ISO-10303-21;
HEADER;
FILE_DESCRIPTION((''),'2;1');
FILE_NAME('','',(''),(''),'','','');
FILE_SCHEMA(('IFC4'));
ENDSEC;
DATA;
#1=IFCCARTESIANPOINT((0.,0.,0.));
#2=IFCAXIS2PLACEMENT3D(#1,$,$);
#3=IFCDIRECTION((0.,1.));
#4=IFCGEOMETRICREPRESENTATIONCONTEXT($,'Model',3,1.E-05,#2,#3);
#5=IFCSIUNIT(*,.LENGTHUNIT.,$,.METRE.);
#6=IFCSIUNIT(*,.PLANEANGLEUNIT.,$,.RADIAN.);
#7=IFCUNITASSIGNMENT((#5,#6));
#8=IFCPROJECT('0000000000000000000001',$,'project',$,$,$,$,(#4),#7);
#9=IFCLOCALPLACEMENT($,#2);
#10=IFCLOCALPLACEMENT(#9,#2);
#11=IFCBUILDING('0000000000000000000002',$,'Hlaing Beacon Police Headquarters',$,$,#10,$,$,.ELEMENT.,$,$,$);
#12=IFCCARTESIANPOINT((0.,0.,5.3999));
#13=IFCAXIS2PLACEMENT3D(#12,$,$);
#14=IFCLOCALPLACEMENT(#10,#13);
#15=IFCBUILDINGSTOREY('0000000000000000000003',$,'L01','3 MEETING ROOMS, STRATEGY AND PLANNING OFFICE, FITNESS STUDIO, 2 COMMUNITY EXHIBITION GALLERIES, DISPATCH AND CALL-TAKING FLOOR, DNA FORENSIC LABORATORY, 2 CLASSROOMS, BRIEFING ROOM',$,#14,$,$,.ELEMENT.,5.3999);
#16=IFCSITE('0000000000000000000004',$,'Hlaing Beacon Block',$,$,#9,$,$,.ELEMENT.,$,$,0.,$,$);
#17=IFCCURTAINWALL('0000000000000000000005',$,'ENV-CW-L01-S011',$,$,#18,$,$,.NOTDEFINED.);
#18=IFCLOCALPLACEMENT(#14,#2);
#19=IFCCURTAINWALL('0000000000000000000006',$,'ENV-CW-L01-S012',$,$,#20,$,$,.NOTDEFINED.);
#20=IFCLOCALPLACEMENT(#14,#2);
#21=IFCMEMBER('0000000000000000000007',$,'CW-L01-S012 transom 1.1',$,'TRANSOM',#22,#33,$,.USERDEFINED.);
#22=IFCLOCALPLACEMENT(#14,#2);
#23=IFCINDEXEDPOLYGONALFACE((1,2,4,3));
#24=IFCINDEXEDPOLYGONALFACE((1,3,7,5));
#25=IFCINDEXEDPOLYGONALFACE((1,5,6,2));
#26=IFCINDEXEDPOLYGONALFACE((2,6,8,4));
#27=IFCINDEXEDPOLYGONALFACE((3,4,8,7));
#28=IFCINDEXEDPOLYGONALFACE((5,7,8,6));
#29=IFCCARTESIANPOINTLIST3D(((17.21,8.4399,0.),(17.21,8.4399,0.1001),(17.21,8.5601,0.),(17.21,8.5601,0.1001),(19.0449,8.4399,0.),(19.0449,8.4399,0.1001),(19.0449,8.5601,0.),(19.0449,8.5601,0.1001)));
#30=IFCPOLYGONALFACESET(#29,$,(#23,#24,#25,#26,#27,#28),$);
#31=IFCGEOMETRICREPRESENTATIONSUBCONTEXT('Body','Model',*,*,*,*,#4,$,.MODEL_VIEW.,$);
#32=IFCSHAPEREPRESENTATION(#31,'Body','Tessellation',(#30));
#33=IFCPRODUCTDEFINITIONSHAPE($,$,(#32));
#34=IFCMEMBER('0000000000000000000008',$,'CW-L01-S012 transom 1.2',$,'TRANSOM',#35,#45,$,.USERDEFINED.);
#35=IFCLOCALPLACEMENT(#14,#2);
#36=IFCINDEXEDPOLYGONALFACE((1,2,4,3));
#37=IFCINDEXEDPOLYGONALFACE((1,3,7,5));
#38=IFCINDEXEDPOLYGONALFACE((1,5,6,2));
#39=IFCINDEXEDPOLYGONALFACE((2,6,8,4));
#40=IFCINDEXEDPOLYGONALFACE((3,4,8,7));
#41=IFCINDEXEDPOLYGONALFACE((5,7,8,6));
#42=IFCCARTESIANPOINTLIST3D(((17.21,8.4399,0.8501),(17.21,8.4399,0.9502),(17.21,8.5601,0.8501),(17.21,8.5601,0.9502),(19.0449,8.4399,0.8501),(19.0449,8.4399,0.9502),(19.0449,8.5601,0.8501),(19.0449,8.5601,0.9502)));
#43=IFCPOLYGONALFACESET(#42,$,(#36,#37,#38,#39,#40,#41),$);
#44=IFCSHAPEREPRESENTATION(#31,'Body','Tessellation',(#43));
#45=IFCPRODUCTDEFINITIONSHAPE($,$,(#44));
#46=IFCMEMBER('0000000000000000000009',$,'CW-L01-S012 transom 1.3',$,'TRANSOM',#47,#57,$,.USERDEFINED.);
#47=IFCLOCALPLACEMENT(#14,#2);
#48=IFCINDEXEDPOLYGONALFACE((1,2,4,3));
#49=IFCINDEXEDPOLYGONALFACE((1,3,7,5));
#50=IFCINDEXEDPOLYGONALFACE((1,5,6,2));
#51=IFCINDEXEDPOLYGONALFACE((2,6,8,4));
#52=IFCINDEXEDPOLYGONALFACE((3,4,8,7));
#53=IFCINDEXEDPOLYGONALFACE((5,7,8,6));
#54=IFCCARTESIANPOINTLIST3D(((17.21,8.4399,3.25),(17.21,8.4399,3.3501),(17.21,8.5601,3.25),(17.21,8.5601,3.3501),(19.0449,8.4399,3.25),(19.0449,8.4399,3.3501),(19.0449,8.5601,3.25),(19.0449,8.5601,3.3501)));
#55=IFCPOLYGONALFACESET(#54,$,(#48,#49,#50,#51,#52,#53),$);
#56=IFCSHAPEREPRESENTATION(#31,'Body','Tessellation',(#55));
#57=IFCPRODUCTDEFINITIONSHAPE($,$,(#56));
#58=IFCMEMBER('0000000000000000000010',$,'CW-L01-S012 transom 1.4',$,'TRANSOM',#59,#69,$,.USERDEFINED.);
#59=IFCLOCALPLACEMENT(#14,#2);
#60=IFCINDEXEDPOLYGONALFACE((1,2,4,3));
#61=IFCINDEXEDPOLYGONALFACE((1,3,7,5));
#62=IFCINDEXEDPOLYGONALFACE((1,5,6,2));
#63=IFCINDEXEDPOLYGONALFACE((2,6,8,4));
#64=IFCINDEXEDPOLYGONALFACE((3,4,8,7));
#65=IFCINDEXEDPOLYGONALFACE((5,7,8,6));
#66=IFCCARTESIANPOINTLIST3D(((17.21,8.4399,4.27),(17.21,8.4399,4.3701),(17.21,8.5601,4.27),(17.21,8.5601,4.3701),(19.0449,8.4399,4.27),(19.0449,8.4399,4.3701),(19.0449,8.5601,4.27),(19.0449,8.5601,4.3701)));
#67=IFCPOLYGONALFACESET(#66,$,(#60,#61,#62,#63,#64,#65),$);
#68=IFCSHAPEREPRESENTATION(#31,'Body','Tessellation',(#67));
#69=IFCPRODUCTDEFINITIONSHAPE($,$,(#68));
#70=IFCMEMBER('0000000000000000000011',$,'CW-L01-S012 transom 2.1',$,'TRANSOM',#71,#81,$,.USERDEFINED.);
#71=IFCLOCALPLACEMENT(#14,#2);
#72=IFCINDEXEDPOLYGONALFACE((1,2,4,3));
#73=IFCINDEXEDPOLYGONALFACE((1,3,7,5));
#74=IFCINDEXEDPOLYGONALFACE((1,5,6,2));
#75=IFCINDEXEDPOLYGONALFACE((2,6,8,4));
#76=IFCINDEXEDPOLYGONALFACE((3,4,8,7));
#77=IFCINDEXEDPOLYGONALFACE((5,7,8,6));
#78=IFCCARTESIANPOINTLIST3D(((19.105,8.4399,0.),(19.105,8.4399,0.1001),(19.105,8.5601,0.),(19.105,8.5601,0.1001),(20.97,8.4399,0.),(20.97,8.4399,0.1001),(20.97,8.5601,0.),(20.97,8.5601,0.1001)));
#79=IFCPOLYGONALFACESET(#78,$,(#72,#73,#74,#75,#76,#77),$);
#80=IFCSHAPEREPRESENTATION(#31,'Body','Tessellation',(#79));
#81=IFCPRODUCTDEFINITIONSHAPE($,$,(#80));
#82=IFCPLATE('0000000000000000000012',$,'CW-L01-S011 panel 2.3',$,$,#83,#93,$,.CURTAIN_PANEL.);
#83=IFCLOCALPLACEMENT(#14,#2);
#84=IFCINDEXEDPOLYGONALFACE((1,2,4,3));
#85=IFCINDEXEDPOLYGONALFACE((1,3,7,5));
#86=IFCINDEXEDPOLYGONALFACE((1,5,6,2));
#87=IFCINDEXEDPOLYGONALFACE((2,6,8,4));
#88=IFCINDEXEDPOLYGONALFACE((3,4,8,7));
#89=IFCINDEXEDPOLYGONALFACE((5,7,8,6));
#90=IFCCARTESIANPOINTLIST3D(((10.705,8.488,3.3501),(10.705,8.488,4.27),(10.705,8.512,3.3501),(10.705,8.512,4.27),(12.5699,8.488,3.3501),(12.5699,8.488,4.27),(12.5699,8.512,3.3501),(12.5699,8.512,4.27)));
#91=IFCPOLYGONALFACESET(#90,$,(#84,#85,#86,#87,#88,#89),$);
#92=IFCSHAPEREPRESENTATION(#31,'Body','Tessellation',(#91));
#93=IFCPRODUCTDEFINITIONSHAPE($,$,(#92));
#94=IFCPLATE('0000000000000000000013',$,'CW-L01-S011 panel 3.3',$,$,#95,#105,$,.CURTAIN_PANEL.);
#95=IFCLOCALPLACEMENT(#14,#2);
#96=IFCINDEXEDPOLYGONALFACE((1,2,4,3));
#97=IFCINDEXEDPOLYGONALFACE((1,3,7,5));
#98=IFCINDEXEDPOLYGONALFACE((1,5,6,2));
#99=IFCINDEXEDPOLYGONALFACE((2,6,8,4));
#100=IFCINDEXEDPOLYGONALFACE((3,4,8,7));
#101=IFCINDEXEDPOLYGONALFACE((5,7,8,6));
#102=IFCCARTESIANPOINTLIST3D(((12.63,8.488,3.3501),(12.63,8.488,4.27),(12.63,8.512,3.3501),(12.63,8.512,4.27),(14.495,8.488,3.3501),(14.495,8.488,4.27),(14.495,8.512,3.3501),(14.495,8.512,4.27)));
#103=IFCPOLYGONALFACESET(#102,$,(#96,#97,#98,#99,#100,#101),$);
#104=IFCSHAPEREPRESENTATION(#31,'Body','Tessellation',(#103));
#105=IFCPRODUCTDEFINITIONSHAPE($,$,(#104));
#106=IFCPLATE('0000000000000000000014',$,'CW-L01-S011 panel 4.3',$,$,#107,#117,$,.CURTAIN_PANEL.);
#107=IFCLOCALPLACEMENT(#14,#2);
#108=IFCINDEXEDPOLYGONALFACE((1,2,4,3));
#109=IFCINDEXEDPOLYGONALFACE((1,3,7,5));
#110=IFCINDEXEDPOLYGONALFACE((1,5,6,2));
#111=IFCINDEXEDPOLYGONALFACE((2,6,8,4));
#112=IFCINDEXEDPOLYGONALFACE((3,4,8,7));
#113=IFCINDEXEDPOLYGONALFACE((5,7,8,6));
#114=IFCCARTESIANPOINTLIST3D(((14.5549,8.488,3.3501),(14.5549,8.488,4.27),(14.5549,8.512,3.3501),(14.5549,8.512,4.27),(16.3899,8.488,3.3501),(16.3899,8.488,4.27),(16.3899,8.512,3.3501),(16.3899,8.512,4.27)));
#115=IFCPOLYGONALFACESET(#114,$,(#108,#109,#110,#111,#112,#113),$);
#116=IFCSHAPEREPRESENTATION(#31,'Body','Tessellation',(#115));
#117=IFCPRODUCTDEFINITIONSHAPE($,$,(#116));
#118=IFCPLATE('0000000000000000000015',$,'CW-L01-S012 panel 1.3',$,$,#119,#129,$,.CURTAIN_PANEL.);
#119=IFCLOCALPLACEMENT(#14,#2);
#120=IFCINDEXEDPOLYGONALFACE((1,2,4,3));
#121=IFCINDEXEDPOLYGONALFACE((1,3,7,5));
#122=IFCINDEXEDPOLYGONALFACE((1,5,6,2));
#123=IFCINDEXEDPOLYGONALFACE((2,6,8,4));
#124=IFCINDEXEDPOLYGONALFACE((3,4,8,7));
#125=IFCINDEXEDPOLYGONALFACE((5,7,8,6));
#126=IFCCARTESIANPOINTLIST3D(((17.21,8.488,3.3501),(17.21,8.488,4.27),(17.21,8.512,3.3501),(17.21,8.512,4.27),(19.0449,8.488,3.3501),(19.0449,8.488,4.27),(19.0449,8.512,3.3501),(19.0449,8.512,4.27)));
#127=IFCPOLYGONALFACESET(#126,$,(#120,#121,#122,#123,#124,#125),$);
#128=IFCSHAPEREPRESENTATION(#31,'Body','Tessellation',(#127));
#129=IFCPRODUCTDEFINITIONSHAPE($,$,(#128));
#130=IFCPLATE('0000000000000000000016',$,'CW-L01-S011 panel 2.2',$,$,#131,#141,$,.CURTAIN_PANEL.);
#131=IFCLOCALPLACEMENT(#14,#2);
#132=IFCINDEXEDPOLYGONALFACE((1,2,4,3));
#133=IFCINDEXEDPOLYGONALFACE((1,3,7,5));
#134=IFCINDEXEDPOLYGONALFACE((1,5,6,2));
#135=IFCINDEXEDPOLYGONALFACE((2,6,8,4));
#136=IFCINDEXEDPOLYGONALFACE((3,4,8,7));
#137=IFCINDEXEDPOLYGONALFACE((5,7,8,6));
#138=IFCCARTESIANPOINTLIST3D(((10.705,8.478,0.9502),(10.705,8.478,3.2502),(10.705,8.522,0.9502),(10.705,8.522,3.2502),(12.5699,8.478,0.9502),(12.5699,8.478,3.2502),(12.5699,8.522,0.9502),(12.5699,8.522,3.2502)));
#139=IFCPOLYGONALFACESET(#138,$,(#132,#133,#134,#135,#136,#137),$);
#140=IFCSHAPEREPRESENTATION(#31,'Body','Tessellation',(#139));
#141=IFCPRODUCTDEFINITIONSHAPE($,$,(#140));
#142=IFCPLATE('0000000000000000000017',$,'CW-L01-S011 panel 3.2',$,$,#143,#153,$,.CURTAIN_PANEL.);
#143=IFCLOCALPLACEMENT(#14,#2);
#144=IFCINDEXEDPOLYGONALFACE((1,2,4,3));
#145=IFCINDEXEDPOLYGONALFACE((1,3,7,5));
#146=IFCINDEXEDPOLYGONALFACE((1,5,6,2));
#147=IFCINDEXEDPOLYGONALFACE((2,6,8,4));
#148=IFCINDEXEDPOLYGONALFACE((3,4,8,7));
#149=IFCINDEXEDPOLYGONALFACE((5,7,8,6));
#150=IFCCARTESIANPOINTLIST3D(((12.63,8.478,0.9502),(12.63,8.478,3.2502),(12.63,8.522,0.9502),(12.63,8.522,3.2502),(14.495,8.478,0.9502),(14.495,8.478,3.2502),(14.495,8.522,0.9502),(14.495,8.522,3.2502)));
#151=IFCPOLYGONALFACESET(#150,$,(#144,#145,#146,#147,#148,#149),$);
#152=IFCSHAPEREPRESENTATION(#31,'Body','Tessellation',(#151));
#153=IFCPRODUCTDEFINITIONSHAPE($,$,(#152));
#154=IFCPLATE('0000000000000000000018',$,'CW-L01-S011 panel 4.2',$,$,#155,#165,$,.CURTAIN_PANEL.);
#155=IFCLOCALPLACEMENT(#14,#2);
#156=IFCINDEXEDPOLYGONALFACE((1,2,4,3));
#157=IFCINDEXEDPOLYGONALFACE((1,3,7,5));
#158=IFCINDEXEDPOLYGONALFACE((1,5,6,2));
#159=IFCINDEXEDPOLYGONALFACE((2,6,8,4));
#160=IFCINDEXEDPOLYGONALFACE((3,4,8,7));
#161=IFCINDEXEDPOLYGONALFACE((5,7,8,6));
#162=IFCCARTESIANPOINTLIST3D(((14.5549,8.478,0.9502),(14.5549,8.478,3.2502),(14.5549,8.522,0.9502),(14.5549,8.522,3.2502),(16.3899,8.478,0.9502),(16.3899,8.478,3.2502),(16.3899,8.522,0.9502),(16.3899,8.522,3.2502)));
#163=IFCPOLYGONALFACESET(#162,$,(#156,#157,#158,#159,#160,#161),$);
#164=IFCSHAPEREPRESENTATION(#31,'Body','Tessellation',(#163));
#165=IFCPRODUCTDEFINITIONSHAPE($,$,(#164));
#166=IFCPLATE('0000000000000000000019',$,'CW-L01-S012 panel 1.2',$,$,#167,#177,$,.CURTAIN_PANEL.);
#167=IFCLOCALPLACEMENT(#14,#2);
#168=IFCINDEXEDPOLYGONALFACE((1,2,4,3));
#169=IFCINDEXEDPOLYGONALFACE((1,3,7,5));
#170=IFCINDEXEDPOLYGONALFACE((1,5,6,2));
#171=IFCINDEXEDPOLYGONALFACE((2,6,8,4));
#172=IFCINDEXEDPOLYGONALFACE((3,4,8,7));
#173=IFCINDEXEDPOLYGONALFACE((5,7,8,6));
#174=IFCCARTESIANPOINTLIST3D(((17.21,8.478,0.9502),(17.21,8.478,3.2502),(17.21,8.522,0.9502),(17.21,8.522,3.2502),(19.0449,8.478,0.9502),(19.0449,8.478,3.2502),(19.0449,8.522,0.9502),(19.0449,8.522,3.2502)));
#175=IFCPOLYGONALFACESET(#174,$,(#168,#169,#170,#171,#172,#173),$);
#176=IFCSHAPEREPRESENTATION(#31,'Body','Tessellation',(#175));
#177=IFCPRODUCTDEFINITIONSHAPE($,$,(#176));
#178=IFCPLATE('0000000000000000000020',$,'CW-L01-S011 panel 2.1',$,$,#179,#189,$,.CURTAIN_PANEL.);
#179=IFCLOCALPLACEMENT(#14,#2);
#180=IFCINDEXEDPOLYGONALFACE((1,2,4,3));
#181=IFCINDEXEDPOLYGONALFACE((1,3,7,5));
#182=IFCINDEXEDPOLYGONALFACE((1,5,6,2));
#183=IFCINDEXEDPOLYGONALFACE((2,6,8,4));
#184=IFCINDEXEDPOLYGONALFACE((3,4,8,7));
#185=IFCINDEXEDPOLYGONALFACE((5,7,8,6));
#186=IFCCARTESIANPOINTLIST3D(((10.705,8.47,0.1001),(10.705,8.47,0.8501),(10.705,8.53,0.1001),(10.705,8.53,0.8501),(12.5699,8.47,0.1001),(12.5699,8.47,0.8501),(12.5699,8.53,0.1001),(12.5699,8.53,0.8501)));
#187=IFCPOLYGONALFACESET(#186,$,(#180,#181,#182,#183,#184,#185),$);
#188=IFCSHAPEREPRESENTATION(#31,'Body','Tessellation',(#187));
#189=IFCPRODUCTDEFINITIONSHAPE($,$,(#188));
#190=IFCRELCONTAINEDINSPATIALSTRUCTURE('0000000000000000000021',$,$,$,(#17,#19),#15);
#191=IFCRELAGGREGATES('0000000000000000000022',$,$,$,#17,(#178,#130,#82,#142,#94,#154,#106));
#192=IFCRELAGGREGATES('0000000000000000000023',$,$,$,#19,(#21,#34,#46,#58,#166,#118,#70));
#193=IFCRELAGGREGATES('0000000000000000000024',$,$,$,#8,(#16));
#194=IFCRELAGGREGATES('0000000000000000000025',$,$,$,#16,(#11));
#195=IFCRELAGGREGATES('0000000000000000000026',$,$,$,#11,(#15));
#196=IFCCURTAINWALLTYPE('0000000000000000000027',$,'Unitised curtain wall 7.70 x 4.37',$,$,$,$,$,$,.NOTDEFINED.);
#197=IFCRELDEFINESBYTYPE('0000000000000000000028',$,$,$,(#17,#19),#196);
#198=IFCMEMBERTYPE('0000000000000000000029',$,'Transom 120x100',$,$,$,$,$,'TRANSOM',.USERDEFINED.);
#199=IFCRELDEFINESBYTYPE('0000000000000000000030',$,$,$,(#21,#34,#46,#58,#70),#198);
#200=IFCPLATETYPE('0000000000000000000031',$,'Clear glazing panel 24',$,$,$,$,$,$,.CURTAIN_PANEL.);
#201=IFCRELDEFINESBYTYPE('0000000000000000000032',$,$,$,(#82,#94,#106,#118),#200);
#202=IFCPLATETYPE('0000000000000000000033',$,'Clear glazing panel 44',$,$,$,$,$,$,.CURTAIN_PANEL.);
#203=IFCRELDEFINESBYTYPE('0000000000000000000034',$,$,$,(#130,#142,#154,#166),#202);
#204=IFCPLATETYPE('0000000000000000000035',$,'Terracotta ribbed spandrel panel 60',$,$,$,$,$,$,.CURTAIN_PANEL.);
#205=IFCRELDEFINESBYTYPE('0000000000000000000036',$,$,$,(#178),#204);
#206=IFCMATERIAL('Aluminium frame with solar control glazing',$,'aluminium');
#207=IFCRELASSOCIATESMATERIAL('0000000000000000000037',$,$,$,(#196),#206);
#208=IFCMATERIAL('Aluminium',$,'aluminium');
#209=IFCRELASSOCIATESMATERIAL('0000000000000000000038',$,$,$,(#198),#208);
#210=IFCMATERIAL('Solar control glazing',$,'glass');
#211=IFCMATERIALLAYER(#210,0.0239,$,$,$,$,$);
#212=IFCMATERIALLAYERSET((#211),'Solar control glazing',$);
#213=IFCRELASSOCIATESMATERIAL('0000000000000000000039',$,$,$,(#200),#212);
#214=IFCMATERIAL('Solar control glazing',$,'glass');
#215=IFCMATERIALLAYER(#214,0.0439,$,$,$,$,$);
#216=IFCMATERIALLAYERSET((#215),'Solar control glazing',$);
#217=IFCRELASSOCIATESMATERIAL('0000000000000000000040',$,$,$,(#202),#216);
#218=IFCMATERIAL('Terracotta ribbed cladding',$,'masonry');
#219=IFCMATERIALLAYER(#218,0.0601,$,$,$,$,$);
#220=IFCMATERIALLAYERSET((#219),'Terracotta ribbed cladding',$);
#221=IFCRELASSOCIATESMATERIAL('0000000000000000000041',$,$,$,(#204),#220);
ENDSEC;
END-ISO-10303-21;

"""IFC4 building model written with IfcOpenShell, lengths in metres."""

from ifc_helpers import new_model, si_unit, direction, frame, origin, origin_2d, place, context, subcontext, project, spatial, rectangle, extrude, material, layer, layer_set, material_profile, profile_set, type_object, element, aggregate, save


model = new_model("IFC4")

# Units and contexts
model_context = context("Model", 3, precision=1e-05, world=origin(), true_north=direction((0.0, 1.0)))
body_context = subcontext(model_context, "Body", "Model", "MODEL_VIEW")
ifc_project = project(units=[si_unit("LENGTHUNIT", "METRE"), si_unit("PLANEANGLEUNIT", "RADIAN")], contexts=[model_context])

# Site, building, storey
site_placement = place(None, origin())
site = spatial("IfcSite", under=ifc_project, at=site_placement, Name="Hlaing Beacon Block", CompositionType="ELEMENT", RefElevation=0.0)
building_placement = place(site_placement, origin())
building = spatial("IfcBuilding", under=site, at=building_placement, Name="Hlaing Beacon Police Headquarters", CompositionType="ELEMENT")
storey_placement = place(building_placement, frame((0.0, 0.0, 5.3999)))
storey = spatial("IfcBuildingStorey", under=building, at=storey_placement, Name="L01", Description="3 MEETING ROOMS, STRATEGY AND PLANNING OFFICE, FITNESS STUDIO, 2 COMMUNITY EXHIBITION GALLERIES, DISPATCH AND CALL-TAKING FLOOR, DNA FORENSIC LABORATORY, 2 CLASSROOMS, BRIEFING ROOM", CompositionType="ELEMENT", Elevation=5.3999)

# Curtain walls
ifc_material_1 = material(Name="Aluminium frame with solar control glazing", Category="aluminium")
curtain_wall_type = type_object("IfcCurtainWallType", Name="Unitised curtain wall 7.70 x 4.37", PredefinedType="NOTDEFINED", material=ifc_material_1)
curtain_wall_1_placement = place(storey_placement, origin())
curtain_wall_1 = element("IfcCurtainWall", 1, at=curtain_wall_1_placement, inside=storey, type_object=curtain_wall_type, Name="ENV-CW-L01-S011", PredefinedType="NOTDEFINED")
curtain_wall_2_placement = place(storey_placement, origin())
curtain_wall_2 = element("IfcCurtainWall", 2, at=curtain_wall_2_placement, inside=storey, type_object=curtain_wall_type, Name="ENV-CW-L01-S012", PredefinedType="NOTDEFINED")

# Members
ifc_material_2 = material(Name="Aluminium", Category="aluminium")
ifc_material_profile_1 = material_profile(ifc_material_2, rectangle(XDim=0.1201, YDim=0.1001, at=origin_2d()), Name="Transom 120x100")
ifc_profile_set_1 = profile_set([ifc_material_profile_1], Name="Aluminium")
member_type_1 = type_object("IfcMemberType", Name="Transom 120x100", ElementType="TRANSOM", PredefinedType="USERDEFINED", material=ifc_profile_set_1)
member_1_placement = place(storey_placement, frame((17.21, 8.5, 0.05), z_axis=(1.0, 0.0, 0.0), x_axis=(0.0, 1.0, 0.0)))
member_1 = element("IfcMember", 3, at=member_1_placement, type_object=member_type_1, Name="CW-L01-S012 transom 1.1", ObjectType="TRANSOM", PredefinedType="USERDEFINED", context=body_context, shape_type="SweptSolid", body=[
    extrude(rectangle(XDim=0.1201, YDim=0.1001, at=origin_2d()), origin(), (0.0, 0.0, 1.0), 1.835),
])
member_2_placement = place(storey_placement, frame((17.21, 8.5, 0.9001), z_axis=(1.0, 0.0, 0.0), x_axis=(0.0, 1.0, 0.0)))
member_2 = element("IfcMember", 4, at=member_2_placement, type_object=member_type_1, Name="CW-L01-S012 transom 1.2", ObjectType="TRANSOM", PredefinedType="USERDEFINED", context=body_context, shape_type="SweptSolid", body=[
    extrude(rectangle(XDim=0.1201, YDim=0.1001, at=origin_2d()), origin(), (0.0, 0.0, 1.0), 1.835),
])
member_3_placement = place(storey_placement, frame((17.21, 8.5, 3.3), z_axis=(1.0, 0.0, 0.0), x_axis=(0.0, 1.0, 0.0)))
member_3 = element("IfcMember", 5, at=member_3_placement, type_object=member_type_1, Name="CW-L01-S012 transom 1.3", ObjectType="TRANSOM", PredefinedType="USERDEFINED", context=body_context, shape_type="SweptSolid", body=[
    extrude(rectangle(XDim=0.1201, YDim=0.1001, at=origin_2d()), origin(), (0.0, 0.0, 1.0), 1.835),
])
member_4_placement = place(storey_placement, frame((17.21, 8.5, 4.3201), z_axis=(1.0, 0.0, 0.0), x_axis=(0.0, 1.0, 0.0)))
member_4 = element("IfcMember", 6, at=member_4_placement, type_object=member_type_1, Name="CW-L01-S012 transom 1.4", ObjectType="TRANSOM", PredefinedType="USERDEFINED", context=body_context, shape_type="SweptSolid", body=[
    extrude(rectangle(XDim=0.1201, YDim=0.1001, at=origin_2d()), origin(), (0.0, 0.0, 1.0), 1.835),
])
member_5_placement = place(storey_placement, frame((19.105, 8.5, 0.05), z_axis=(1.0, 0.0, 0.0), x_axis=(0.0, 1.0, 0.0)))
member_5 = element("IfcMember", 7, at=member_5_placement, type_object=member_type_1, Name="CW-L01-S012 transom 2.1", ObjectType="TRANSOM", PredefinedType="USERDEFINED", context=body_context, shape_type="SweptSolid", body=[
    extrude(rectangle(XDim=0.1201, YDim=0.1001, at=origin_2d()), origin(), (0.0, 0.0, 1.0), 1.865),
])

# Plates
ifc_material_3 = material(Name="Solar control glazing", Category="glass")
ifc_layer_1 = layer(ifc_material_3, 0.0239)
ifc_layer_set_1 = layer_set([ifc_layer_1], Name="Solar control glazing")
plate_type_1 = type_object("IfcPlateType", Name="Clear glazing panel 24", PredefinedType="CURTAIN_PANEL", material=ifc_layer_set_1)
plate_1_placement = place(storey_placement, frame((11.6375, 8.5, 3.3501), z_axis=(0.0, 0.0, 1.0), x_axis=(1.0, 0.0, 0.0)))
plate_1 = element("IfcPlate", 8, at=plate_1_placement, type_object=plate_type_1, Name="CW-L01-S011 panel 2.3", PredefinedType="CURTAIN_PANEL", context=body_context, shape_type="SweptSolid", body=[
    extrude(rectangle(XDim=1.865, YDim=0.0239, at=origin_2d()), origin(), (0.0, 0.0, 1.0), 0.9199),
])
plate_2_placement = place(storey_placement, frame((13.5625, 8.5, 3.3501), z_axis=(0.0, 0.0, 1.0), x_axis=(1.0, 0.0, 0.0)))
plate_2 = element("IfcPlate", 9, at=plate_2_placement, type_object=plate_type_1, Name="CW-L01-S011 panel 3.3", PredefinedType="CURTAIN_PANEL", context=body_context, shape_type="SweptSolid", body=[
    extrude(rectangle(XDim=1.865, YDim=0.0239, at=origin_2d()), origin(), (0.0, 0.0, 1.0), 0.9199),
])
plate_3_placement = place(storey_placement, frame((15.4724, 8.5, 3.3501), z_axis=(0.0, 0.0, 1.0), x_axis=(1.0, 0.0, 0.0)))
plate_3 = element("IfcPlate", 10, at=plate_3_placement, type_object=plate_type_1, Name="CW-L01-S011 panel 4.3", PredefinedType="CURTAIN_PANEL", context=body_context, shape_type="SweptSolid", body=[
    extrude(rectangle(XDim=1.835, YDim=0.0239, at=origin_2d()), origin(), (0.0, 0.0, 1.0), 0.9199),
])
plate_4_placement = place(storey_placement, frame((18.1274, 8.5, 3.3501), z_axis=(0.0, 0.0, 1.0), x_axis=(1.0, 0.0, 0.0)))
plate_4 = element("IfcPlate", 11, at=plate_4_placement, type_object=plate_type_1, Name="CW-L01-S012 panel 1.3", PredefinedType="CURTAIN_PANEL", context=body_context, shape_type="SweptSolid", body=[
    extrude(rectangle(XDim=1.835, YDim=0.0239, at=origin_2d()), origin(), (0.0, 0.0, 1.0), 0.9199),
])
ifc_material_4 = material(Name="Solar control glazing", Category="glass")
ifc_layer_2 = layer(ifc_material_4, 0.0439)
ifc_layer_set_2 = layer_set([ifc_layer_2], Name="Solar control glazing")
plate_type_2 = type_object("IfcPlateType", Name="Clear glazing panel 44", PredefinedType="CURTAIN_PANEL", material=ifc_layer_set_2)
plate_5_placement = place(storey_placement, frame((11.6375, 8.5, 0.9502), z_axis=(0.0, 0.0, 1.0), x_axis=(1.0, 0.0, 0.0)))
plate_5 = element("IfcPlate", 12, at=plate_5_placement, type_object=plate_type_2, Name="CW-L01-S011 panel 2.2", PredefinedType="CURTAIN_PANEL", context=body_context, shape_type="SweptSolid", body=[
    extrude(rectangle(XDim=1.865, YDim=0.0439, at=origin_2d()), origin(), (0.0, 0.0, 1.0), 2.3),
])
plate_6_placement = place(storey_placement, frame((13.5625, 8.5, 0.9502), z_axis=(0.0, 0.0, 1.0), x_axis=(1.0, 0.0, 0.0)))
plate_6 = element("IfcPlate", 13, at=plate_6_placement, type_object=plate_type_2, Name="CW-L01-S011 panel 3.2", PredefinedType="CURTAIN_PANEL", context=body_context, shape_type="SweptSolid", body=[
    extrude(rectangle(XDim=1.865, YDim=0.0439, at=origin_2d()), origin(), (0.0, 0.0, 1.0), 2.3),
])
plate_7_placement = place(storey_placement, frame((15.4724, 8.5, 0.9502), z_axis=(0.0, 0.0, 1.0), x_axis=(1.0, 0.0, 0.0)))
plate_7 = element("IfcPlate", 14, at=plate_7_placement, type_object=plate_type_2, Name="CW-L01-S011 panel 4.2", PredefinedType="CURTAIN_PANEL", context=body_context, shape_type="SweptSolid", body=[
    extrude(rectangle(XDim=1.835, YDim=0.0439, at=origin_2d()), origin(), (0.0, 0.0, 1.0), 2.3),
])
plate_8_placement = place(storey_placement, frame((18.1274, 8.5, 0.9502), z_axis=(0.0, 0.0, 1.0), x_axis=(1.0, 0.0, 0.0)))
plate_8 = element("IfcPlate", 15, at=plate_8_placement, type_object=plate_type_2, Name="CW-L01-S012 panel 1.2", PredefinedType="CURTAIN_PANEL", context=body_context, shape_type="SweptSolid", body=[
    extrude(rectangle(XDim=1.835, YDim=0.0439, at=origin_2d()), origin(), (0.0, 0.0, 1.0), 2.3),
])
ifc_material_5 = material(Name="Terracotta ribbed cladding", Category="masonry")
ifc_layer_3 = layer(ifc_material_5, 0.0601)
ifc_layer_set_3 = layer_set([ifc_layer_3], Name="Terracotta ribbed cladding")
plate_type_3 = type_object("IfcPlateType", Name="Terracotta ribbed spandrel panel 60", PredefinedType="CURTAIN_PANEL", material=ifc_layer_set_3)
plate_9_placement = place(storey_placement, frame((11.6375, 8.5, 0.1001), z_axis=(0.0, 0.0, 1.0), x_axis=(1.0, 0.0, 0.0)))
plate_9 = element("IfcPlate", 16, at=plate_9_placement, type_object=plate_type_3, Name="CW-L01-S011 panel 2.1", PredefinedType="CURTAIN_PANEL", context=body_context, shape_type="SweptSolid", body=[
    extrude(rectangle(XDim=1.865, YDim=0.0601, at=origin_2d()), origin(), (0.0, 0.0, 1.0), 0.75),
])
aggregate(curtain_wall_1, [plate_9, plate_5, plate_1, plate_6, plate_2, plate_7, plate_3])
aggregate(curtain_wall_2, [member_1, member_2, member_3, member_4, plate_8, plate_4, member_5])

save(model, "model.ifc")
